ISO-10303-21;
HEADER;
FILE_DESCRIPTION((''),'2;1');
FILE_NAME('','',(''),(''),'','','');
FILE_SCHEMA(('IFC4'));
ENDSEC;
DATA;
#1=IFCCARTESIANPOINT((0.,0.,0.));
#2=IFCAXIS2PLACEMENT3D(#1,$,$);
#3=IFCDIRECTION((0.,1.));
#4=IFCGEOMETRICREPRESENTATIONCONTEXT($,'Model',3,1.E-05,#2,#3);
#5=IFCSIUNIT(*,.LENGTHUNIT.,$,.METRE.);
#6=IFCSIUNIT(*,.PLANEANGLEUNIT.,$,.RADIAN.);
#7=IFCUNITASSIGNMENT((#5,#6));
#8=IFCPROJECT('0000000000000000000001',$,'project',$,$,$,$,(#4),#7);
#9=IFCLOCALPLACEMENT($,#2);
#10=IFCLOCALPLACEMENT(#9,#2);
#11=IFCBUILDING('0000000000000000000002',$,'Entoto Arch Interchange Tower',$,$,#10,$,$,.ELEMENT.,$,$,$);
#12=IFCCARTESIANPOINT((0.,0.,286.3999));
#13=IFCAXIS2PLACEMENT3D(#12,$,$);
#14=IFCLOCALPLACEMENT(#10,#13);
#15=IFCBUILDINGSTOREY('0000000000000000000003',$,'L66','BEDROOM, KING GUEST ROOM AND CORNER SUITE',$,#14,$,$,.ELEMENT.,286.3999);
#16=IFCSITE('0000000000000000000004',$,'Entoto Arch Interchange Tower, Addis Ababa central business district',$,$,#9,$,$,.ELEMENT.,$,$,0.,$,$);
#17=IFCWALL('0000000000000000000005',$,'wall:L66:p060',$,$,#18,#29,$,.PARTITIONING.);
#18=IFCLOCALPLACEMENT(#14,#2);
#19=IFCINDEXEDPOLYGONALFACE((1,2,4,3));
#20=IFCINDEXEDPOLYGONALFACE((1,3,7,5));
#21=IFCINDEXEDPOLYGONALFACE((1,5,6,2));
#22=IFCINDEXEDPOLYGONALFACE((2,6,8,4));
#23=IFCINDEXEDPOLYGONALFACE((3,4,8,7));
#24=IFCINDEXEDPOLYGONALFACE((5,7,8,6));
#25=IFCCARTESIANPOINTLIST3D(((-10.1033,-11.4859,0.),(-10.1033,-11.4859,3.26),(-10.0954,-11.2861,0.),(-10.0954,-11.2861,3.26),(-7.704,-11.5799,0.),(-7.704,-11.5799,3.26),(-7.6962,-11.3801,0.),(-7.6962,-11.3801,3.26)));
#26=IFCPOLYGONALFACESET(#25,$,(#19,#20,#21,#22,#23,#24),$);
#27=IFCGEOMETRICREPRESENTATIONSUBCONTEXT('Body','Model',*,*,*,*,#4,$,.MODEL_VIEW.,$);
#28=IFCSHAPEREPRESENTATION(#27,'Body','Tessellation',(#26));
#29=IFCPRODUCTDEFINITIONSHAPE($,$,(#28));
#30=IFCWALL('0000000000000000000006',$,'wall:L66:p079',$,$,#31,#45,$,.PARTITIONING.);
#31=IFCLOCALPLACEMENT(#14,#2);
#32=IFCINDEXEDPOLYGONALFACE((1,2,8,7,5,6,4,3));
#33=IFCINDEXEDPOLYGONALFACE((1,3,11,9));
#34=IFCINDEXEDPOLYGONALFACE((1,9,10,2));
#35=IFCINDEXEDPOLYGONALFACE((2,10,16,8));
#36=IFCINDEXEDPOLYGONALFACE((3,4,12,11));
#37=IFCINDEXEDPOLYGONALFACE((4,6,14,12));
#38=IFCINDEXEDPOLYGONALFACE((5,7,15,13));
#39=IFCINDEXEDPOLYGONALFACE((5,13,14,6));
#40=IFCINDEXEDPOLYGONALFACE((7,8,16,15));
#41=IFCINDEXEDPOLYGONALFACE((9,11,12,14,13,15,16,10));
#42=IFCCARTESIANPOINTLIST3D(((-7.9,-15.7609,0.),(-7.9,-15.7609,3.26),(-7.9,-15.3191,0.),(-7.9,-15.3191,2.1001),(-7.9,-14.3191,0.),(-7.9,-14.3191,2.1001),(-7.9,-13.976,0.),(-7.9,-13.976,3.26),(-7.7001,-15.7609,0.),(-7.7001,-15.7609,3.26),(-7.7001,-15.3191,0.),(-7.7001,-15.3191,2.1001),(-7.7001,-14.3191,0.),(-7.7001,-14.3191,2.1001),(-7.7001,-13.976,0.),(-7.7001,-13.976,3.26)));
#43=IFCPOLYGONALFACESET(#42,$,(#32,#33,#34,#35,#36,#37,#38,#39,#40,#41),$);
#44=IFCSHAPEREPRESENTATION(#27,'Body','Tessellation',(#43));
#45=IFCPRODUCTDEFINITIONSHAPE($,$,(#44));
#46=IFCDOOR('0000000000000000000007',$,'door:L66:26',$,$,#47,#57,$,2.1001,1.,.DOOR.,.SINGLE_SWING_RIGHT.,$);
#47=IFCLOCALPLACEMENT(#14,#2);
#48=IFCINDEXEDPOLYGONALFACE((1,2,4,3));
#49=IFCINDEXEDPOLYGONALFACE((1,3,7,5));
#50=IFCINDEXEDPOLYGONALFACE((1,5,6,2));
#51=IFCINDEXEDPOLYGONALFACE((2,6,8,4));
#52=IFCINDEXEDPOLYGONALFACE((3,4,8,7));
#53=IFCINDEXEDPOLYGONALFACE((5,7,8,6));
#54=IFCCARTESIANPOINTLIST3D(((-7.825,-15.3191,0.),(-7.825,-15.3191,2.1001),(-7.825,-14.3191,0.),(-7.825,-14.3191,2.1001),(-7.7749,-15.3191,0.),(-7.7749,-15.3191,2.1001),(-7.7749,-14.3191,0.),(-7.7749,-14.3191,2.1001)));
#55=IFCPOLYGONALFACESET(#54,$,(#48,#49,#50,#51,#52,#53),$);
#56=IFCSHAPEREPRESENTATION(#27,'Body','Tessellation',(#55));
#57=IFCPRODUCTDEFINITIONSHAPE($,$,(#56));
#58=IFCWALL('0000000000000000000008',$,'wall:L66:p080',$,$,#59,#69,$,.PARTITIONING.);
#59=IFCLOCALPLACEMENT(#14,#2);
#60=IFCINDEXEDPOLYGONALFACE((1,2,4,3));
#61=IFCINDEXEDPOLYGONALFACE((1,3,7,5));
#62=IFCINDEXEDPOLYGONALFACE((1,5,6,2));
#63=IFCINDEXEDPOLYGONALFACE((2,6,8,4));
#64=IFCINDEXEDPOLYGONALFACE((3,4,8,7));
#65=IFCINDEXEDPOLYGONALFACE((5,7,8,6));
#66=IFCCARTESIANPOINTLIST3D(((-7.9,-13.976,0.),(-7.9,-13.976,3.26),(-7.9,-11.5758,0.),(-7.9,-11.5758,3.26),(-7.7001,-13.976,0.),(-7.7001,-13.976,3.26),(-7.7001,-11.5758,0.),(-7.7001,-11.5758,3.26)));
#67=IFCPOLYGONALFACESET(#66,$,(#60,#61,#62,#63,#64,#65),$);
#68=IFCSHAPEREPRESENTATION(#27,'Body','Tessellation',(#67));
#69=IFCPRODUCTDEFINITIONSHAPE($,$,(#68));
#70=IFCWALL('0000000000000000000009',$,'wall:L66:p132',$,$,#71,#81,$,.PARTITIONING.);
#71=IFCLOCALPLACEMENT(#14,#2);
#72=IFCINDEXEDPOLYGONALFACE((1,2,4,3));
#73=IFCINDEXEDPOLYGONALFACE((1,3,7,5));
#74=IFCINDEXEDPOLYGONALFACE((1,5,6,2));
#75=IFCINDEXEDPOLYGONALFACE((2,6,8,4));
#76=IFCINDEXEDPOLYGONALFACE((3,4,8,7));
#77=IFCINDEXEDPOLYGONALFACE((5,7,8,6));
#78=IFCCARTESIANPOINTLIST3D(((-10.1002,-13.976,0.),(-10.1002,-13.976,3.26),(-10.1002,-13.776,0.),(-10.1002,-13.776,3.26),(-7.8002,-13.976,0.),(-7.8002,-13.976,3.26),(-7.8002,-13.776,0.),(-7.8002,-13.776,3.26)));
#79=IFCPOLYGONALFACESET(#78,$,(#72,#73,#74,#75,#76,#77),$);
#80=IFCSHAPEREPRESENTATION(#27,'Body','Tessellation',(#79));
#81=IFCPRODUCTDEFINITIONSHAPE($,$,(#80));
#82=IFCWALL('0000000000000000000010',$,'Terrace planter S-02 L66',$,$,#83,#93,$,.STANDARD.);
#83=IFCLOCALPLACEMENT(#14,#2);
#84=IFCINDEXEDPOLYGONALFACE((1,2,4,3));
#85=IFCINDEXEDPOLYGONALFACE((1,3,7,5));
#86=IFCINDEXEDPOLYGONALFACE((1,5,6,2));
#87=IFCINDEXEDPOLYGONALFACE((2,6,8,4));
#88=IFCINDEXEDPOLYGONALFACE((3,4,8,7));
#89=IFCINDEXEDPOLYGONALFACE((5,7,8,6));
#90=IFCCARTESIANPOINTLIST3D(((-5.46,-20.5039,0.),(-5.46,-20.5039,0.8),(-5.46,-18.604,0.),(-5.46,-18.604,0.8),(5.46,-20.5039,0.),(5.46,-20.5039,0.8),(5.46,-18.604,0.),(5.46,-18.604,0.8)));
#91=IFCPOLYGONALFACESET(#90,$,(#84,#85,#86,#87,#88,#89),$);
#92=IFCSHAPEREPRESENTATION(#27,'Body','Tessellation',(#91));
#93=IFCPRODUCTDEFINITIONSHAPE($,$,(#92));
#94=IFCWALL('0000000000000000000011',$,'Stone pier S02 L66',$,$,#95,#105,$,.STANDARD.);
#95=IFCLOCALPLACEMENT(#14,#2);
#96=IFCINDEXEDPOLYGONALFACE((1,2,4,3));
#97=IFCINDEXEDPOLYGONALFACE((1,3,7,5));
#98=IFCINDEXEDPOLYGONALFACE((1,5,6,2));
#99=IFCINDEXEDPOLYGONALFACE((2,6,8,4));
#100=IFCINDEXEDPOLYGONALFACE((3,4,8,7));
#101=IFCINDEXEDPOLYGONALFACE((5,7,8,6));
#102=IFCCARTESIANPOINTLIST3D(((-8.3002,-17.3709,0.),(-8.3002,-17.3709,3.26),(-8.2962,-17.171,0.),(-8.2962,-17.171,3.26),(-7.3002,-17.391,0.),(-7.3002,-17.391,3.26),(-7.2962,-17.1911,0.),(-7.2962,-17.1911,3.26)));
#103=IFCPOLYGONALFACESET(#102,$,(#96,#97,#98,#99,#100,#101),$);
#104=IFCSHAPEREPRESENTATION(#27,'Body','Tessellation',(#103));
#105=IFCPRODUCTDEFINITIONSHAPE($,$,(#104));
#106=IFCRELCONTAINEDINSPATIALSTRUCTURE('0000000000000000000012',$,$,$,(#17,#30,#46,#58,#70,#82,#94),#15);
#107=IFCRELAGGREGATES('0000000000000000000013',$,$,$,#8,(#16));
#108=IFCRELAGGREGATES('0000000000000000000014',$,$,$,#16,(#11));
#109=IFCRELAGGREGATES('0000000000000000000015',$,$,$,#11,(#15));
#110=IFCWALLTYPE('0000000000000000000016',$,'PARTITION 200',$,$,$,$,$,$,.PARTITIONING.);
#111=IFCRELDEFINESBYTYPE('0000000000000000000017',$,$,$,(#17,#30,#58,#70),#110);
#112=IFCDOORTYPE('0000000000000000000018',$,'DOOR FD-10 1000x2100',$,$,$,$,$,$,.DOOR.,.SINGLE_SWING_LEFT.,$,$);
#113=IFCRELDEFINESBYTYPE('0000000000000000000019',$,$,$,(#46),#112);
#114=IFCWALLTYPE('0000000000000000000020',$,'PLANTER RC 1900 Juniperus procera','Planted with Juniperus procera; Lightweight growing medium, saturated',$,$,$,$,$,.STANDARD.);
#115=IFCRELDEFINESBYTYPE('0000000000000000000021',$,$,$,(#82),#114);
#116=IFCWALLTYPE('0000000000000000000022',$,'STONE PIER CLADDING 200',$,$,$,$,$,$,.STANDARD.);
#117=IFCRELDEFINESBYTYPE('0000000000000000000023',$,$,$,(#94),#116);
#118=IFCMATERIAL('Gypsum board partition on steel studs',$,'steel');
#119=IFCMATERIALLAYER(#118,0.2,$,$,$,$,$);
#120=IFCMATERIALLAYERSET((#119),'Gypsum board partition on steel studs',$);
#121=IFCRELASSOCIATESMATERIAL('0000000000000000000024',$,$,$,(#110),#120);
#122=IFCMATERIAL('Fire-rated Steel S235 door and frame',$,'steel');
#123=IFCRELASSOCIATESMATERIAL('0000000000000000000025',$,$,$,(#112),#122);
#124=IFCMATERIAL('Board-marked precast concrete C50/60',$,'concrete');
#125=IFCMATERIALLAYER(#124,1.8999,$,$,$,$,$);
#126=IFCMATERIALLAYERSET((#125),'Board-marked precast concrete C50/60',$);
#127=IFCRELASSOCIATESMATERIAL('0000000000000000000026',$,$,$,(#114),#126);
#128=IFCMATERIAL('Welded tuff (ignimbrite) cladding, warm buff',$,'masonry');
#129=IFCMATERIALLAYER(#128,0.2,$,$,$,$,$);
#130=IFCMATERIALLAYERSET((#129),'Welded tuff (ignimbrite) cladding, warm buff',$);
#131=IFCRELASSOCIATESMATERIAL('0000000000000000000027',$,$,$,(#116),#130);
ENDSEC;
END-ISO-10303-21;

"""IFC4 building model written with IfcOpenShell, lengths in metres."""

from ifc_helpers import new_model, si_unit, direction, frame, frame_2d, origin, place, context, subcontext, project, spatial, rectangle, extrude, material, layer, layer_set, type_object, element, fill, save


model = new_model("IFC4")

# Units and contexts
model_context = context("Model", 3, precision=1e-05, world=origin(), true_north=direction((0.0, 1.0)))
body_context = subcontext(model_context, "Body", "Model", "MODEL_VIEW")
ifc_project = project(units=[si_unit("LENGTHUNIT", "METRE"), si_unit("PLANEANGLEUNIT", "RADIAN")], contexts=[model_context])

# Site, building, storey
site_placement = place(None, origin())
site = spatial("IfcSite", under=ifc_project, at=site_placement, Name="Entoto Arch Interchange Tower, Addis Ababa central business district", CompositionType="ELEMENT", RefElevation=0.0)
building_placement = place(site_placement, origin())
building = spatial("IfcBuilding", under=site, at=building_placement, Name="Entoto Arch Interchange Tower", CompositionType="ELEMENT")
storey_placement = place(building_placement, frame((0.0, 0.0, 286.3999)))
storey = spatial("IfcBuildingStorey", under=building, at=storey_placement, Name="L66", Description="BEDROOM, KING GUEST ROOM AND CORNER SUITE", CompositionType="ELEMENT", Elevation=286.3999)

# Wall
ifc_material_1 = material(Name="Gypsum board partition on steel studs", Category="steel")
ifc_layer_1 = layer(ifc_material_1, 0.2)
ifc_layer_set_1 = layer_set([ifc_layer_1], Name="Gypsum board partition on steel studs")
wall_type_1 = type_object("IfcWallType", Name="PARTITION 200", PredefinedType="PARTITIONING", material=ifc_layer_set_1)
wall_1_placement = place(storey_placement, frame((-7.7, -11.48, 0.0), z_axis=(0.0, 0.0, 1.0), x_axis=(-0.999233, 0.039148, 0.0)))
element("IfcWall", 1, at=wall_1_placement, inside=storey, type_object=wall_type_1, Name="wall:L66:p060", PredefinedType="PARTITIONING", context=body_context, shape_type="SweptSolid", body=[
    extrude(rectangle(XDim=2.4011, YDim=0.2, at=frame_2d((1.2007, 0.0))), origin(), (0.0, 0.0, 1.0), 3.26),
])

# Wall, opening, door
wall_2_placement = place(storey_placement, frame((-7.8, -15.761, 0.0), z_axis=(0.0, 0.0, 1.0), x_axis=(0.0, 1.0, 0.0)))
wall_2 = element("IfcWall", 2, at=wall_2_placement, inside=storey, type_object=wall_type_1, Name="wall:L66:p079", PredefinedType="PARTITIONING", context=body_context, shape_type="SweptSolid", body=[
    extrude(rectangle(XDim=1.7849, YDim=0.2, at=frame_2d((0.8926, 0.0))), origin(), (0.0, 0.0, 1.0), 3.26),
])
opening_placement = place(wall_2_placement, frame((0.4419, 0.0, 0.0)))
opening = element("IfcOpeningElement", 3, at=opening_placement, cuts=wall_2, PredefinedType="OPENING", context=body_context, shape_type="SweptSolid", body=[
    extrude(rectangle(XDim=1.0, YDim=2.1001, at=frame_2d((0.5, 1.05))), frame((0.0, 0.1099, 0.0), z_axis=(0.0, -1.0, 0.0), x_axis=(1.0, 0.0, 0.0)), (0.0, 0.0, 1.0), 0.22),
])
ifc_material_2 = material(Name="Fire-rated Steel S235 door and frame", Category="steel")
door_type = type_object("IfcDoorType", Name="DOOR FD-10 1000x2100", OperationType="SINGLE_SWING_LEFT", PredefinedType="DOOR", material=ifc_material_2)
door_placement = place(opening_placement, origin())
door = element("IfcDoor", 4, at=door_placement, inside=storey, type_object=door_type, Name="door:L66:26", OperationType="SINGLE_SWING_RIGHT", OverallHeight=2.1001, OverallWidth=1.0, PredefinedType="DOOR", context=body_context, shape_type="SweptSolid", body=[
    extrude(rectangle(XDim=1.0, YDim=2.1001, at=frame_2d((0.5, 1.05))), frame((0.0, 0.0249, 0.0), z_axis=(0.0, -1.0, 0.0), x_axis=(1.0, 0.0, 0.0)), (0.0, 0.0, 1.0), 0.05),
])
fill(opening, door)

# Walls
wall_3_placement = place(storey_placement, frame((-7.8, -13.9761, 0.0), z_axis=(0.0, 0.0, 1.0), x_axis=(0.0, 1.0, 0.0)))
element("IfcWall", 5, at=wall_3_placement, inside=storey, type_object=wall_type_1, Name="wall:L66:p080", PredefinedType="PARTITIONING", context=body_context, shape_type="SweptSolid", body=[
    extrude(rectangle(XDim=2.4001, YDim=0.2, at=frame_2d((1.2002, 0.0))), origin(), (0.0, 0.0, 1.0), 3.26),
])
wall_4_placement = place(storey_placement, frame((-10.1001, -13.876, 0.0), z_axis=(0.0, 0.0, 1.0), x_axis=(1.0, 0.0, 0.0)))
element("IfcWall", 6, at=wall_4_placement, inside=storey, type_object=wall_type_1, Name="wall:L66:p132", PredefinedType="PARTITIONING", context=body_context, shape_type="SweptSolid", body=[
    extrude(rectangle(XDim=2.3, YDim=0.2, at=frame_2d((1.1499, 0.0))), origin(), (0.0, 0.0, 1.0), 3.26),
])
ifc_material_3 = material(Name="Board-marked precast concrete C50/60", Category="concrete")
ifc_layer_2 = layer(ifc_material_3, 1.8999)
ifc_layer_set_2 = layer_set([ifc_layer_2], Name="Board-marked precast concrete C50/60")
wall_type_2 = type_object("IfcWallType", Name="PLANTER RC 1900 Juniperus procera", Description="Planted with Juniperus procera; Lightweight growing medium, saturated", PredefinedType="STANDARD", material=ifc_layer_set_2)
wall_5_placement = place(storey_placement, frame((-5.46, -19.554, 0.0), z_axis=(0.0, 0.0, 1.0), x_axis=(1.0, 0.0, 0.0)))
element("IfcWall", 7, at=wall_5_placement, inside=storey, type_object=wall_type_2, Name="Terrace planter S-02 L66", PredefinedType="STANDARD", context=body_context, shape_type="SweptSolid", body=[
    extrude(rectangle(XDim=10.9199, YDim=1.8999, at=frame_2d((5.46, 0.0))), origin(), (0.0, 0.0, 1.0), 0.8),
])
ifc_material_4 = material(Name="Welded tuff (ignimbrite) cladding, warm buff", Category="masonry")
ifc_layer_3 = layer(ifc_material_4, 0.2)
ifc_layer_set_3 = layer_set([ifc_layer_3], Name="Welded tuff (ignimbrite) cladding, warm buff")
wall_type_3 = type_object("IfcWallType", Name="STONE PIER CLADDING 200", PredefinedType="STANDARD", material=ifc_layer_set_3)
wall_6_placement = place(storey_placement, frame((-8.2981, -17.271, 0.0), z_axis=(0.0, 0.0, 1.0), x_axis=(0.9998, -0.020016, 0.0)))
element("IfcWall", 8, at=wall_6_placement, inside=storey, type_object=wall_type_3, Name="Stone pier S02 L66", PredefinedType="STANDARD", context=body_context, shape_type="SweptSolid", body=[
    extrude(rectangle(XDim=1.0002, YDim=0.2, at=frame_2d((0.5, 0.0))), origin(), (0.0, 0.0, 1.0), 3.26),
])

save(model, "model.ifc")
